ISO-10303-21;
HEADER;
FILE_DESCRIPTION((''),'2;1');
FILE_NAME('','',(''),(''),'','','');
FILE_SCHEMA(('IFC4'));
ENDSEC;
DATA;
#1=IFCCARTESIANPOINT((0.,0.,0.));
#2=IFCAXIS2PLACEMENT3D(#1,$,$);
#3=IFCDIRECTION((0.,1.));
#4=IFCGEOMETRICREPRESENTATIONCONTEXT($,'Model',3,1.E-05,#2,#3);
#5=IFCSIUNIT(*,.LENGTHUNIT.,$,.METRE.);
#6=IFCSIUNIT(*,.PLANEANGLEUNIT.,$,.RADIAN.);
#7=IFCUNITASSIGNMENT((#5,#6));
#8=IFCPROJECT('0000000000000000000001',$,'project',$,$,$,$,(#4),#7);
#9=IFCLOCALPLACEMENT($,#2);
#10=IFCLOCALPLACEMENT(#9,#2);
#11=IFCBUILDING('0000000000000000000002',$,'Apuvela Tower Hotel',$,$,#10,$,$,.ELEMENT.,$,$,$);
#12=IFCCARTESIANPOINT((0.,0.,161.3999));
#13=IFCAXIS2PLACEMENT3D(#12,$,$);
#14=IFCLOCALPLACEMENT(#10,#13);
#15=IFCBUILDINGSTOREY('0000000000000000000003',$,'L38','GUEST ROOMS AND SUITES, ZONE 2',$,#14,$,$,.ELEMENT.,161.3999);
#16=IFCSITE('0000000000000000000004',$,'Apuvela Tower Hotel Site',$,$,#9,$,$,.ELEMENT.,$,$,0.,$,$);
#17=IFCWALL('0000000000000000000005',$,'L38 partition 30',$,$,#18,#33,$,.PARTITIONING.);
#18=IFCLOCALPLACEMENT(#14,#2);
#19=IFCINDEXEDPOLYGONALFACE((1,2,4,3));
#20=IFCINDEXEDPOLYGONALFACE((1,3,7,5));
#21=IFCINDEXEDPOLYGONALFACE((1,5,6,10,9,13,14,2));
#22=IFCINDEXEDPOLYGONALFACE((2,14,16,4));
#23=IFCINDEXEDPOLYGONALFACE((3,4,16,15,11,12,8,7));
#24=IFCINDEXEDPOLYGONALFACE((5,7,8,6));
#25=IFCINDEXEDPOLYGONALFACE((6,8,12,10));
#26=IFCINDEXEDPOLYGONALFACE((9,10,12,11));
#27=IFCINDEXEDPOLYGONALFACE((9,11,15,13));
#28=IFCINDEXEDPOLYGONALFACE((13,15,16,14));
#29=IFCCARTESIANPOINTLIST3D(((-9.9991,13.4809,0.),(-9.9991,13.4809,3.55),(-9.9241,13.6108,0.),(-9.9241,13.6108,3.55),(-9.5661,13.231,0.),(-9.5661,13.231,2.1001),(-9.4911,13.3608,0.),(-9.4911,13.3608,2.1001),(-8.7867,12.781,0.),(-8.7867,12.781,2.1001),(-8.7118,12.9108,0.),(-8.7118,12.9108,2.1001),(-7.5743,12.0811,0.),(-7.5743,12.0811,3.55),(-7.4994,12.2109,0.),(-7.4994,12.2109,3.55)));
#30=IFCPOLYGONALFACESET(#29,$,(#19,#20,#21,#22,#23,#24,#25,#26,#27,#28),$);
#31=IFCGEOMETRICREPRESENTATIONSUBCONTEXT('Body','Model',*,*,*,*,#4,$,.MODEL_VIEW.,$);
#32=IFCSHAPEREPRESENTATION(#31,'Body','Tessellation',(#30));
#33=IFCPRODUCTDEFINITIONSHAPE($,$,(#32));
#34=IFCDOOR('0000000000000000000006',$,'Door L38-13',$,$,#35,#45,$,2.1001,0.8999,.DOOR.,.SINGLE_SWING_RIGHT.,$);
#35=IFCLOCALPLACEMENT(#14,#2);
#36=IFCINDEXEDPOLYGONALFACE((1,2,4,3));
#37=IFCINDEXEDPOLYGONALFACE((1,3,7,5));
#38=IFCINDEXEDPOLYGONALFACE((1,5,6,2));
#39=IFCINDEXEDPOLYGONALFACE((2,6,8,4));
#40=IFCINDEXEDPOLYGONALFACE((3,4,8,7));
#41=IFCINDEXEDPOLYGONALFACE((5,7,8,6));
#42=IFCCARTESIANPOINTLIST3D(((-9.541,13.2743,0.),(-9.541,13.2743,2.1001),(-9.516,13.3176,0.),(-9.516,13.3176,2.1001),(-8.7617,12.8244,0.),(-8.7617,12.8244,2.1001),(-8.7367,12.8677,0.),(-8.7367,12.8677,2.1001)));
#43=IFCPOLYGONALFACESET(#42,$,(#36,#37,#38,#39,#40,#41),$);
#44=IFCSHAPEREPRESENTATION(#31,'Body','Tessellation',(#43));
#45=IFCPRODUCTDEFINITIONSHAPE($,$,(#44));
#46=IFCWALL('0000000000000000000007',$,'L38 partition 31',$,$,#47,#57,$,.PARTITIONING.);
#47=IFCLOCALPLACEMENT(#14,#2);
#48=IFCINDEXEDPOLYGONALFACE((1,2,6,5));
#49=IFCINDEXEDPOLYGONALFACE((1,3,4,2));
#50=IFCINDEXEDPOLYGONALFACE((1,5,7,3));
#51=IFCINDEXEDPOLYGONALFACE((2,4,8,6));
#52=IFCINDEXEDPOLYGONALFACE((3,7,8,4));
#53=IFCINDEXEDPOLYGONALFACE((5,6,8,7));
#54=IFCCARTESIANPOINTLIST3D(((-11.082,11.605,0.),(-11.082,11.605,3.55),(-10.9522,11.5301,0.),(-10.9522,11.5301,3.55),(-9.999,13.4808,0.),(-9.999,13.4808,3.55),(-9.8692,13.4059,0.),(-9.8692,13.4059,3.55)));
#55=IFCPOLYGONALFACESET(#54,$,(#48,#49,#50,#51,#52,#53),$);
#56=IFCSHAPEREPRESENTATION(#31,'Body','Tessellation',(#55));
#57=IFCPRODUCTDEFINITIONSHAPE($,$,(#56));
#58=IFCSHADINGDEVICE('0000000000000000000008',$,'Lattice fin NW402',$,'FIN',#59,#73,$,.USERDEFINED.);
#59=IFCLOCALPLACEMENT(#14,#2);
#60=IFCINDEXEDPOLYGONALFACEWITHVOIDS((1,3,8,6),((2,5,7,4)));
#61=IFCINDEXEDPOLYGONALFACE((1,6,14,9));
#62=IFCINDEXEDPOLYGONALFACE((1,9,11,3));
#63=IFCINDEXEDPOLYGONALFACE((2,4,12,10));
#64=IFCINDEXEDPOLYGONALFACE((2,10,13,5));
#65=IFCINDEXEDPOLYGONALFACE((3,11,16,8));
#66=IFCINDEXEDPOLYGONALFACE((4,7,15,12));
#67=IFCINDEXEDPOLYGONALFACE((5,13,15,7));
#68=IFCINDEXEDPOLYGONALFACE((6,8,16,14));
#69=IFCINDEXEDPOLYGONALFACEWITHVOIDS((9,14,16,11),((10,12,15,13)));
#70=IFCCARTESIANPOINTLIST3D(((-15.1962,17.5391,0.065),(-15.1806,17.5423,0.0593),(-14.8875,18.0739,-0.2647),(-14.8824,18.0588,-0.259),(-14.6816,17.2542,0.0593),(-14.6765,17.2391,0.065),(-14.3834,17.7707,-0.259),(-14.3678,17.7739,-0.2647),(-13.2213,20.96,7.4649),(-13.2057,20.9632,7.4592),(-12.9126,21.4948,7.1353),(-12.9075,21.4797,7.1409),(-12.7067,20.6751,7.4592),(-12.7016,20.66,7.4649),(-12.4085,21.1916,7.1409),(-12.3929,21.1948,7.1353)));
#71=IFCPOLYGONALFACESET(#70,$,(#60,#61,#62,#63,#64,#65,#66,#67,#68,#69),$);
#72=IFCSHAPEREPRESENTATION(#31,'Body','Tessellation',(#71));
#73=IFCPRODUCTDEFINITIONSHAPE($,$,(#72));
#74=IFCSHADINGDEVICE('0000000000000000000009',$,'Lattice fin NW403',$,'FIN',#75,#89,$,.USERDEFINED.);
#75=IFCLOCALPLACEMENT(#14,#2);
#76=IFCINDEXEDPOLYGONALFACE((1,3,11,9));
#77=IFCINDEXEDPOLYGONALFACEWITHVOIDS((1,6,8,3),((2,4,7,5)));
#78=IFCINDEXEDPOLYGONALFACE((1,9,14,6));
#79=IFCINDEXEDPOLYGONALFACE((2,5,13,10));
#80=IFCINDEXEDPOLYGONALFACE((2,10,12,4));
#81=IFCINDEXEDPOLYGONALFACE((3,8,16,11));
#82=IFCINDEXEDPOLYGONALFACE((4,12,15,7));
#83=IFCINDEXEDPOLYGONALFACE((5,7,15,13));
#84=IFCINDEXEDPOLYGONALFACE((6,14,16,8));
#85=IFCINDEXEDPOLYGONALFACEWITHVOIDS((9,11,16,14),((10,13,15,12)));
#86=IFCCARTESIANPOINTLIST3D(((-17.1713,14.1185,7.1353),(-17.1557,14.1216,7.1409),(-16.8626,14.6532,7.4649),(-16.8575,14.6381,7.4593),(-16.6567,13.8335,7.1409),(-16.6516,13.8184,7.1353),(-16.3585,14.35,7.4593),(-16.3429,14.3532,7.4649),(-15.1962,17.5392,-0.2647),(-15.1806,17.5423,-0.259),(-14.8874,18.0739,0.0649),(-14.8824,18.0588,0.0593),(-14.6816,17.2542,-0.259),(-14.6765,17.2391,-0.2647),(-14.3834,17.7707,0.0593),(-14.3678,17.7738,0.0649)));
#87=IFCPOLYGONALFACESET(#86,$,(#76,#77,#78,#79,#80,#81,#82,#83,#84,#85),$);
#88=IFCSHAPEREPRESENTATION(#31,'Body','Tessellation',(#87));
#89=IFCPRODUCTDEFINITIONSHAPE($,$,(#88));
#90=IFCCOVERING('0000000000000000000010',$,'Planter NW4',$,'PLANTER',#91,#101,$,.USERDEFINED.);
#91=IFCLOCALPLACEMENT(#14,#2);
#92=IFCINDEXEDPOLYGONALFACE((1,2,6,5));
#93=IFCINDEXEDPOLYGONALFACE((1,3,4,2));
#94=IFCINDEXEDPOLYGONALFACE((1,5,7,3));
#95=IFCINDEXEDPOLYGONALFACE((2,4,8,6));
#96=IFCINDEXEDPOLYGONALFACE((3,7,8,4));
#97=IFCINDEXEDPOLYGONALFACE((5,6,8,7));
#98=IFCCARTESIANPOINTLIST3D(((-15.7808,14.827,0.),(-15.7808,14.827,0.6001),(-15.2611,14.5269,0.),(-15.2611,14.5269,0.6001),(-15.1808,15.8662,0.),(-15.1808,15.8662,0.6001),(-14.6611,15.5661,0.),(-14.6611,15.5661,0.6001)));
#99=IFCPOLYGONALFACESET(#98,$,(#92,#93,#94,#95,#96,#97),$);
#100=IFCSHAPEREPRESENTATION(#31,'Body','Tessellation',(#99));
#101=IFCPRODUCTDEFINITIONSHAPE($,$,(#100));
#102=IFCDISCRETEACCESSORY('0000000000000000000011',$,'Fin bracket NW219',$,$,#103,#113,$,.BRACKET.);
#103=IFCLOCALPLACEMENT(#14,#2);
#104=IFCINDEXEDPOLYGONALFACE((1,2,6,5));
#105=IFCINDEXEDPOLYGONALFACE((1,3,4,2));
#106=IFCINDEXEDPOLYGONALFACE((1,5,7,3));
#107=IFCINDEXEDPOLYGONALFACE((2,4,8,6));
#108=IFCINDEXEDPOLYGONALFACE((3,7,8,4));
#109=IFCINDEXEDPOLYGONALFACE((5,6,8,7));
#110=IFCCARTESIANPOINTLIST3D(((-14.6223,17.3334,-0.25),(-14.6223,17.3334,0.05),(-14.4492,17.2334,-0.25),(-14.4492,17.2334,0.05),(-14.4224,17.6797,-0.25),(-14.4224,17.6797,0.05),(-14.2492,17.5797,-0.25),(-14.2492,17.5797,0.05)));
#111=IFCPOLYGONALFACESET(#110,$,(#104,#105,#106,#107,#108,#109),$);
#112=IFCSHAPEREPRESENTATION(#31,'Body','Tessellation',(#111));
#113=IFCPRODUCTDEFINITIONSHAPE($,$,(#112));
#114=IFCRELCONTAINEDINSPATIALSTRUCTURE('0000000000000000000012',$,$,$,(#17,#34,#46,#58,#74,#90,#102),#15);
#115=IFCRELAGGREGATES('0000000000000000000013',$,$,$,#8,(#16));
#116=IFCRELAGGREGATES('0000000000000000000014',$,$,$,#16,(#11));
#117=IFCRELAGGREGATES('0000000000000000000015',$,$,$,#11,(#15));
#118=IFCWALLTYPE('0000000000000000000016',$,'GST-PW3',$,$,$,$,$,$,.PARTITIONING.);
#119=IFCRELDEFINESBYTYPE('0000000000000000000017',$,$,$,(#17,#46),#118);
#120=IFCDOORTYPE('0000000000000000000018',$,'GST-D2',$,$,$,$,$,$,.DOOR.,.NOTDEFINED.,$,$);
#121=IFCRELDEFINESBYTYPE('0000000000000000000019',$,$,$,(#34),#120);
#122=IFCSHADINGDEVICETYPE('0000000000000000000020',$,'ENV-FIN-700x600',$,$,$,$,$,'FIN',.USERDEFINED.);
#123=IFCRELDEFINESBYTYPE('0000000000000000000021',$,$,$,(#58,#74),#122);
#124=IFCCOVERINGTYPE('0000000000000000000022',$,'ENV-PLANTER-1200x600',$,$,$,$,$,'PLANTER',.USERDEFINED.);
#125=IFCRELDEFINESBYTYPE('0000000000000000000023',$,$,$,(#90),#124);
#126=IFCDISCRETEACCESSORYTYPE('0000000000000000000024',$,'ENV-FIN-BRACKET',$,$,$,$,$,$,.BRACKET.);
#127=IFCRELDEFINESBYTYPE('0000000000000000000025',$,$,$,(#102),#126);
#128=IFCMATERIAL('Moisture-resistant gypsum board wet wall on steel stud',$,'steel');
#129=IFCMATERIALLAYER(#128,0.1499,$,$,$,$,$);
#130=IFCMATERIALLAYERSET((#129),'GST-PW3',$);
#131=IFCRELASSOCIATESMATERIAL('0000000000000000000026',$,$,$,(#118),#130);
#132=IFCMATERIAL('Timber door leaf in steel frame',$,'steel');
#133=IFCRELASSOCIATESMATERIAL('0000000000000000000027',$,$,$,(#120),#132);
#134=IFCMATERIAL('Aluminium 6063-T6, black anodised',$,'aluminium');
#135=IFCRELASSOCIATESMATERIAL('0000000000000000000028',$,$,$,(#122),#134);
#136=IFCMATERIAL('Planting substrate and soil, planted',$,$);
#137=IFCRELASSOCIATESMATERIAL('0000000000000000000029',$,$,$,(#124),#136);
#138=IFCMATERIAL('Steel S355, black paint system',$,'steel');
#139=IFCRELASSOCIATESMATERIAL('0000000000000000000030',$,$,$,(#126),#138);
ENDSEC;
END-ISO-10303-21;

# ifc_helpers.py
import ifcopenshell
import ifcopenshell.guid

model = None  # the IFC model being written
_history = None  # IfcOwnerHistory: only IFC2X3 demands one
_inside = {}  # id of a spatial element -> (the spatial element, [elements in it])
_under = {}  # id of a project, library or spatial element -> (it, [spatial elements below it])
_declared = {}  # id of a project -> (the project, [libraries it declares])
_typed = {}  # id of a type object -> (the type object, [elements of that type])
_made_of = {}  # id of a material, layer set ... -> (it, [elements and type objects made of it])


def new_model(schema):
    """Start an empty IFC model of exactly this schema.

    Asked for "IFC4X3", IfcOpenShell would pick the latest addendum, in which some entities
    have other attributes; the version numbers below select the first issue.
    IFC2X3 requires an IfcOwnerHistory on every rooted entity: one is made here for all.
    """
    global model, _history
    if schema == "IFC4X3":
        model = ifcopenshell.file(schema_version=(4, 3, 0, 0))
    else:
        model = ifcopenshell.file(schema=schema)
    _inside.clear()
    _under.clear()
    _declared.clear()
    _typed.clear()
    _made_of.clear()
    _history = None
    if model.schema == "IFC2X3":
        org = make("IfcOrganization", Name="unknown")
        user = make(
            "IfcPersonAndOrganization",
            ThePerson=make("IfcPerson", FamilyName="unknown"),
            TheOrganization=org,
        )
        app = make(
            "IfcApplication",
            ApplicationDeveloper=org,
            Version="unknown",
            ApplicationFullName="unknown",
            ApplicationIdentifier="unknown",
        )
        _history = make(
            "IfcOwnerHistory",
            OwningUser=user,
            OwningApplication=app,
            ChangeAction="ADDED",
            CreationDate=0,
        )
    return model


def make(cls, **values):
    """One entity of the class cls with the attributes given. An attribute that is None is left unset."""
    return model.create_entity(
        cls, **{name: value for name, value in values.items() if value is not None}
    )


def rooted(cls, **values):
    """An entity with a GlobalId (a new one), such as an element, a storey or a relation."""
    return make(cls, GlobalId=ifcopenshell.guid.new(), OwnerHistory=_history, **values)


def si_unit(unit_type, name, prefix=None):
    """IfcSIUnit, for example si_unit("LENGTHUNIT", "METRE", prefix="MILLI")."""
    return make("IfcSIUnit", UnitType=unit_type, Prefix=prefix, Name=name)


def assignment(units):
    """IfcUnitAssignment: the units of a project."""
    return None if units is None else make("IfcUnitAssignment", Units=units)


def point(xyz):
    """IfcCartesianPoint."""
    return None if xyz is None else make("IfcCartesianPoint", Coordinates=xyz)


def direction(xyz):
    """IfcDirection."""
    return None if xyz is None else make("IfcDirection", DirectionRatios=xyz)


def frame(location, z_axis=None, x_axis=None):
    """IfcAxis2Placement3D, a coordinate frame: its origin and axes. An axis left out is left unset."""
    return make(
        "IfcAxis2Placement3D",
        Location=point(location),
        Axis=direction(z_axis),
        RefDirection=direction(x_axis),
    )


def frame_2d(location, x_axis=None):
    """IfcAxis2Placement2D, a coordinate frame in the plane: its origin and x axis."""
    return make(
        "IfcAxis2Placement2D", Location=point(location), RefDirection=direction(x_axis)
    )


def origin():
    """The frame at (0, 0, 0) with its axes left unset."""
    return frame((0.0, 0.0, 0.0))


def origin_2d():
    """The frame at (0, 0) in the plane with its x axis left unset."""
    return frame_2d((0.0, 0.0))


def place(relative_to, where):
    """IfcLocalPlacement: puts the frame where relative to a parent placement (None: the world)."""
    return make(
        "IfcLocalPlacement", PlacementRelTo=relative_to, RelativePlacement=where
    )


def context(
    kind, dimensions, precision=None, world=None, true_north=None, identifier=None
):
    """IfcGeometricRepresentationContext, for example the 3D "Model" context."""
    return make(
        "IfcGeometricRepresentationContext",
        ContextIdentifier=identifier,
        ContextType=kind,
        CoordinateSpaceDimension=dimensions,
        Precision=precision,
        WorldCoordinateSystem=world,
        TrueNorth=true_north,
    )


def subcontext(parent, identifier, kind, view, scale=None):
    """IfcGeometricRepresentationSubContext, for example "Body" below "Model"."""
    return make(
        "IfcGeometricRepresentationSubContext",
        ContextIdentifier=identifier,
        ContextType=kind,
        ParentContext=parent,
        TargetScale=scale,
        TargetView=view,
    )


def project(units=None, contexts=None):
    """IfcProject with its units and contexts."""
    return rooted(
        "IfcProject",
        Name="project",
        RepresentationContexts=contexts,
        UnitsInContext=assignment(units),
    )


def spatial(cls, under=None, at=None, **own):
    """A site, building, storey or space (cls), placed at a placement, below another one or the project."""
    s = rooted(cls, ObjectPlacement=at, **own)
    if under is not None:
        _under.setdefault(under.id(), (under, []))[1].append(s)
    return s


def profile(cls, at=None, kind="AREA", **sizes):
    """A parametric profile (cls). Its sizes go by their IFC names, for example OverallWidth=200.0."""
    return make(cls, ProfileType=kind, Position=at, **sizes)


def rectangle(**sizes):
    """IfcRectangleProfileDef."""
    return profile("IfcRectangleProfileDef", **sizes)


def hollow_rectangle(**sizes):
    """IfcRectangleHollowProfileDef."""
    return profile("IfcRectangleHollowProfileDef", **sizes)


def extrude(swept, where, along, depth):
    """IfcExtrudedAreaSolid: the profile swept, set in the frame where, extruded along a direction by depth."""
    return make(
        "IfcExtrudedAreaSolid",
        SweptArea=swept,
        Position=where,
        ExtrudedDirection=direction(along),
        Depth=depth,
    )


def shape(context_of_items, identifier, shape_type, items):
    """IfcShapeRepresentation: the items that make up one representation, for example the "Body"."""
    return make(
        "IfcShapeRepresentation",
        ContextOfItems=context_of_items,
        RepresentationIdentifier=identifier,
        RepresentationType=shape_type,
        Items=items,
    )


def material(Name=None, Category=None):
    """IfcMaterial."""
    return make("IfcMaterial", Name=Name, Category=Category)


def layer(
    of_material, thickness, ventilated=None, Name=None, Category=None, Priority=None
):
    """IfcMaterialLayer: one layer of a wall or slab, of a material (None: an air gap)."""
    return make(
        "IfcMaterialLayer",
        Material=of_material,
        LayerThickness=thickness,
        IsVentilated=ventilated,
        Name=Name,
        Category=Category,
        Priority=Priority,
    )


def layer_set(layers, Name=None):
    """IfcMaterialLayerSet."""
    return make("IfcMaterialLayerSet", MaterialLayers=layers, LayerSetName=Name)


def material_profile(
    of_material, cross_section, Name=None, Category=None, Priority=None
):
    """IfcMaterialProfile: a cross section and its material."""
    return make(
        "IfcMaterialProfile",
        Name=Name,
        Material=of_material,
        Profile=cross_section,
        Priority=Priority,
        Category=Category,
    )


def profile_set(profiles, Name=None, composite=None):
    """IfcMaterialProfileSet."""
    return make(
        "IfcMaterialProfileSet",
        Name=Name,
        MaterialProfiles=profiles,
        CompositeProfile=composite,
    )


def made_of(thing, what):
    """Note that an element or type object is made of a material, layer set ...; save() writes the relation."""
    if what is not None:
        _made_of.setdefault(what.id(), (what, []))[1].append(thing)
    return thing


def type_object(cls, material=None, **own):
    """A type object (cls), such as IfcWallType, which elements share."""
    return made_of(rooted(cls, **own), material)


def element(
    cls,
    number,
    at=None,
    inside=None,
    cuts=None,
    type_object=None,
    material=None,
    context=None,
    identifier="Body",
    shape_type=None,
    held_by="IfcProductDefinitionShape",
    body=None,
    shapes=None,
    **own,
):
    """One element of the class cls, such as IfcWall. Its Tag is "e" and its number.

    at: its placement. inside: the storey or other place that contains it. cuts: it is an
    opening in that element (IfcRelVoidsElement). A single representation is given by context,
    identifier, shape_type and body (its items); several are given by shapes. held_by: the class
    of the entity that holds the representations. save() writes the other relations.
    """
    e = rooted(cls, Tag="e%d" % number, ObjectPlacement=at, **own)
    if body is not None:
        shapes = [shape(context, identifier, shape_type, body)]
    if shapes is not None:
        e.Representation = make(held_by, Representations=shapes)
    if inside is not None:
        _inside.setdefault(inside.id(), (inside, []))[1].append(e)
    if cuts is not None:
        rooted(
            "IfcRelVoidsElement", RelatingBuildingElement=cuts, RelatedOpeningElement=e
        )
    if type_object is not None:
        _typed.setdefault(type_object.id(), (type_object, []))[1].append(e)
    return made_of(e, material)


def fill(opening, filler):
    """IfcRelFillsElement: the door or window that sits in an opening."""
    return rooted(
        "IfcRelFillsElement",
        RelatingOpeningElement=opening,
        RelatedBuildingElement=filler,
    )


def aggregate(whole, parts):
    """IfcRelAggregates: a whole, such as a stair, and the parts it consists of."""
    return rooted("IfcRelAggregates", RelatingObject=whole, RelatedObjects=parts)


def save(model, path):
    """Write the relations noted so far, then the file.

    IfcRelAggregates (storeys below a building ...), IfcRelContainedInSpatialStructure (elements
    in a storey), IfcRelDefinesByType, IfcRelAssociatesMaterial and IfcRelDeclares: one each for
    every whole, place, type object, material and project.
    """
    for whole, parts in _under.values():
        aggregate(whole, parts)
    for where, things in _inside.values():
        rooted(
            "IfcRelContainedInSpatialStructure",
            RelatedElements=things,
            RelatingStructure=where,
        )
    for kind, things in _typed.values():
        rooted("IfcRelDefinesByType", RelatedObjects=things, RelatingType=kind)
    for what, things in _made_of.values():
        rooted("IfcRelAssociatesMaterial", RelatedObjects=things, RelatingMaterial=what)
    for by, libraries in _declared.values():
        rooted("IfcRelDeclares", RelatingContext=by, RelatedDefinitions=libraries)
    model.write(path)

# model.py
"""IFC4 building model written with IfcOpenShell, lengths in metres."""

from ifc_helpers import new_model, si_unit, direction, frame, frame_2d, origin, origin_2d, place, context, subcontext, project, spatial, rectangle, hollow_rectangle, extrude, material, layer, layer_set, material_profile, profile_set, type_object, element, fill, save


model = new_model("IFC4")

# Units and contexts
model_context = context("Model", 3, precision=1e-05, world=origin(), true_north=direction((0.0, 1.0)))
body_context = subcontext(model_context, "Body", "Model", "MODEL_VIEW")
ifc_project = project(units=[si_unit("LENGTHUNIT", "METRE"), si_unit("PLANEANGLEUNIT", "RADIAN")], contexts=[model_context])

# Site, building, storey
site_placement = place(None, origin())
site = spatial("IfcSite", under=ifc_project, at=site_placement, Name="Apuvela Tower Hotel Site", CompositionType="ELEMENT", RefElevation=0.0)
building_placement = place(site_placement, origin())
building = spatial("IfcBuilding", under=site, at=building_placement, Name="Apuvela Tower Hotel", CompositionType="ELEMENT")
storey_placement = place(building_placement, frame((0.0, 0.0, 161.3999)))
storey = spatial("IfcBuildingStorey", under=building, at=storey_placement, Name="L38", Description="GUEST ROOMS AND SUITES, ZONE 2", CompositionType="ELEMENT", Elevation=161.3999)

# Wall, opening, door
ifc_material_1 = material(Name="Moisture-resistant gypsum board wet wall on steel stud", Category="steel")
ifc_layer_1 = layer(ifc_material_1, 0.1499)
ifc_layer_set_1 = layer_set([ifc_layer_1], Name="GST-PW3")
wall_type_1 = type_object("IfcWallType", Name="GST-PW3", PredefinedType="PARTITIONING", material=ifc_layer_set_1)
wall_1_placement = place(storey_placement, frame((-7.5369, 12.146, 0.0), z_axis=(0.0, 0.0, 1.0), x_axis=(-0.866035, 0.499984, 0.0)))
wall_1 = element("IfcWall", 1, at=wall_1_placement, inside=storey, type_object=wall_type_1, Name="L38 partition 30", PredefinedType="PARTITIONING", context=body_context, shape_type="SweptSolid", body=[
    extrude(rectangle(XDim=2.7998, YDim=0.1499, at=frame_2d((1.3999, 0.0))), origin(), (0.0, 0.0, 1.0), 3.55),
])
opening_1_placement = place(wall_1_placement, frame((1.3999, 0.0, 0.0)))
opening_1 = element("IfcOpeningElement", 2, at=opening_1_placement, cuts=wall_1, PredefinedType="OPENING", context=body_context, shape_type="SweptSolid", body=[
    extrude(rectangle(XDim=0.8999, YDim=2.1001, at=frame_2d((0.45, 1.05))), frame((0.0, 0.085, 0.0), z_axis=(0.0, -1.0, 0.0), x_axis=(1.0, 0.0, 0.0)), (0.0, 0.0, 1.0), 0.1699),
])
ifc_material_2 = material(Name="Timber door leaf in steel frame", Category="steel")
door_type_1 = type_object("IfcDoorType", Name="GST-D2", OperationType="NOTDEFINED", PredefinedType="DOOR", material=ifc_material_2)
door_1_placement = place(opening_1_placement, origin())
door_1 = element("IfcDoor", 3, at=door_1_placement, inside=storey, type_object=door_type_1, Name="Door L38-13", OperationType="SINGLE_SWING_RIGHT", OverallHeight=2.1001, OverallWidth=0.8999, PredefinedType="DOOR", context=body_context, shape_type="SweptSolid", body=[
    extrude(rectangle(XDim=0.8999, YDim=2.1001, at=frame_2d((0.45, 1.05))), frame((0.0, 0.0249, 0.0), z_axis=(0.0, -1.0, 0.0), x_axis=(1.0, 0.0, 0.0)), (0.0, 0.0, 1.0), 0.05),
])
fill(opening_1, door_1)

# Wall
wall_2_placement = place(storey_placement, frame((-9.9341, 13.4434, 0.0), z_axis=(0.0, 0.0, 1.0), x_axis=(-0.500018, -0.866015, 0.0)))
element("IfcWall", 4, at=wall_2_placement, inside=storey, type_object=wall_type_1, Name="L38 partition 31", PredefinedType="PARTITIONING", context=body_context, shape_type="SweptSolid", body=[
    extrude(rectangle(XDim=2.166, YDim=0.1499, at=frame_2d((1.083, 0.0))), origin(), (0.0, 0.0, 1.0), 3.55),
])

# Shading devices
ifc_material_3 = material(Name="Aluminium 6063-T6, black anodised", Category="aluminium")
ifc_material_profile_1 = material_profile(ifc_material_3, hollow_rectangle(XDim=0.6001, YDim=0.7, WallThickness=0.012, at=origin_2d()), Name="AL BOX 700x600x12")
ifc_profile_set_1 = profile_set([ifc_material_profile_1], Name="Aluminium 6063-T6, black anodised")
shading_device_type = type_object("IfcShadingDeviceType", Name="ENV-FIN-700x600", ElementType="FIN", PredefinedType="USERDEFINED", material=ifc_profile_set_1)
for number, where, z_axis, x_axis, name in (
    (5, (-14.782, 17.6565, -0.0999), (0.235434, 0.407825, 0.882185), (-0.866048, 0.499961, 0.0), "Lattice fin NW402"),
    (6, (-14.782, 17.6565, -0.0999), (-0.235464, -0.407798, 0.882189), (0.866005, -0.500035, 0.0), "Lattice fin NW403"),
):
    element("IfcShadingDevice", number, at=place(storey_placement, frame(where, z_axis=z_axis, x_axis=x_axis)), inside=storey, type_object=shading_device_type, Name=name, ObjectType="FIN", PredefinedType="USERDEFINED", context=body_context, shape_type="SweptSolid", body=[
        extrude(hollow_rectangle(XDim=0.6001, YDim=0.7, WallThickness=0.012, at=origin_2d()), origin(), (0.0, 0.0, 1.0), 8.3882),
    ])

# Covering
ifc_material_4 = material(Name="Planting substrate and soil, planted")
covering_type = type_object("IfcCoveringType", Name="ENV-PLANTER-1200x600", ElementType="PLANTER", PredefinedType="USERDEFINED", material=ifc_material_4)
covering_placement = place(storey_placement, frame((-15.2209, 15.1965, 0.0), z_axis=(0.0, 0.0, 1.0), x_axis=(-0.5, -0.866025, 0.0)))
element("IfcCovering", 7, at=covering_placement, inside=storey, type_object=covering_type, Name="Planter NW4", ObjectType="PLANTER", PredefinedType="USERDEFINED", context=body_context, shape_type="SweptSolid", body=[
    extrude(rectangle(XDim=1.2, YDim=0.6001, at=origin_2d()), origin(), (0.0, 0.0, 1.0), 0.6001),
])

# Discrete accessory
ifc_material_5 = material(Name="Steel S355, black paint system", Category="steel")
discrete_accessory_type = type_object("IfcDiscreteAccessoryType", Name="ENV-FIN-BRACKET", PredefinedType="BRACKET", material=ifc_material_5)
discrete_accessory_placement = place(storey_placement, frame((-14.4358, 17.4565, -0.25), z_axis=(0.0, 0.0, 1.0), x_axis=(-0.5, -0.866025, 0.0)))
element("IfcDiscreteAccessory", 8, at=discrete_accessory_placement, inside=storey, type_object=discrete_accessory_type, Name="Fin bracket NW219", PredefinedType="BRACKET", context=body_context, shape_type="SweptSolid", body=[
    extrude(rectangle(XDim=0.3999, YDim=0.2, at=origin_2d()), origin(), (0.0, 0.0, 1.0), 0.3),
])

save(model, "model.ifc")
